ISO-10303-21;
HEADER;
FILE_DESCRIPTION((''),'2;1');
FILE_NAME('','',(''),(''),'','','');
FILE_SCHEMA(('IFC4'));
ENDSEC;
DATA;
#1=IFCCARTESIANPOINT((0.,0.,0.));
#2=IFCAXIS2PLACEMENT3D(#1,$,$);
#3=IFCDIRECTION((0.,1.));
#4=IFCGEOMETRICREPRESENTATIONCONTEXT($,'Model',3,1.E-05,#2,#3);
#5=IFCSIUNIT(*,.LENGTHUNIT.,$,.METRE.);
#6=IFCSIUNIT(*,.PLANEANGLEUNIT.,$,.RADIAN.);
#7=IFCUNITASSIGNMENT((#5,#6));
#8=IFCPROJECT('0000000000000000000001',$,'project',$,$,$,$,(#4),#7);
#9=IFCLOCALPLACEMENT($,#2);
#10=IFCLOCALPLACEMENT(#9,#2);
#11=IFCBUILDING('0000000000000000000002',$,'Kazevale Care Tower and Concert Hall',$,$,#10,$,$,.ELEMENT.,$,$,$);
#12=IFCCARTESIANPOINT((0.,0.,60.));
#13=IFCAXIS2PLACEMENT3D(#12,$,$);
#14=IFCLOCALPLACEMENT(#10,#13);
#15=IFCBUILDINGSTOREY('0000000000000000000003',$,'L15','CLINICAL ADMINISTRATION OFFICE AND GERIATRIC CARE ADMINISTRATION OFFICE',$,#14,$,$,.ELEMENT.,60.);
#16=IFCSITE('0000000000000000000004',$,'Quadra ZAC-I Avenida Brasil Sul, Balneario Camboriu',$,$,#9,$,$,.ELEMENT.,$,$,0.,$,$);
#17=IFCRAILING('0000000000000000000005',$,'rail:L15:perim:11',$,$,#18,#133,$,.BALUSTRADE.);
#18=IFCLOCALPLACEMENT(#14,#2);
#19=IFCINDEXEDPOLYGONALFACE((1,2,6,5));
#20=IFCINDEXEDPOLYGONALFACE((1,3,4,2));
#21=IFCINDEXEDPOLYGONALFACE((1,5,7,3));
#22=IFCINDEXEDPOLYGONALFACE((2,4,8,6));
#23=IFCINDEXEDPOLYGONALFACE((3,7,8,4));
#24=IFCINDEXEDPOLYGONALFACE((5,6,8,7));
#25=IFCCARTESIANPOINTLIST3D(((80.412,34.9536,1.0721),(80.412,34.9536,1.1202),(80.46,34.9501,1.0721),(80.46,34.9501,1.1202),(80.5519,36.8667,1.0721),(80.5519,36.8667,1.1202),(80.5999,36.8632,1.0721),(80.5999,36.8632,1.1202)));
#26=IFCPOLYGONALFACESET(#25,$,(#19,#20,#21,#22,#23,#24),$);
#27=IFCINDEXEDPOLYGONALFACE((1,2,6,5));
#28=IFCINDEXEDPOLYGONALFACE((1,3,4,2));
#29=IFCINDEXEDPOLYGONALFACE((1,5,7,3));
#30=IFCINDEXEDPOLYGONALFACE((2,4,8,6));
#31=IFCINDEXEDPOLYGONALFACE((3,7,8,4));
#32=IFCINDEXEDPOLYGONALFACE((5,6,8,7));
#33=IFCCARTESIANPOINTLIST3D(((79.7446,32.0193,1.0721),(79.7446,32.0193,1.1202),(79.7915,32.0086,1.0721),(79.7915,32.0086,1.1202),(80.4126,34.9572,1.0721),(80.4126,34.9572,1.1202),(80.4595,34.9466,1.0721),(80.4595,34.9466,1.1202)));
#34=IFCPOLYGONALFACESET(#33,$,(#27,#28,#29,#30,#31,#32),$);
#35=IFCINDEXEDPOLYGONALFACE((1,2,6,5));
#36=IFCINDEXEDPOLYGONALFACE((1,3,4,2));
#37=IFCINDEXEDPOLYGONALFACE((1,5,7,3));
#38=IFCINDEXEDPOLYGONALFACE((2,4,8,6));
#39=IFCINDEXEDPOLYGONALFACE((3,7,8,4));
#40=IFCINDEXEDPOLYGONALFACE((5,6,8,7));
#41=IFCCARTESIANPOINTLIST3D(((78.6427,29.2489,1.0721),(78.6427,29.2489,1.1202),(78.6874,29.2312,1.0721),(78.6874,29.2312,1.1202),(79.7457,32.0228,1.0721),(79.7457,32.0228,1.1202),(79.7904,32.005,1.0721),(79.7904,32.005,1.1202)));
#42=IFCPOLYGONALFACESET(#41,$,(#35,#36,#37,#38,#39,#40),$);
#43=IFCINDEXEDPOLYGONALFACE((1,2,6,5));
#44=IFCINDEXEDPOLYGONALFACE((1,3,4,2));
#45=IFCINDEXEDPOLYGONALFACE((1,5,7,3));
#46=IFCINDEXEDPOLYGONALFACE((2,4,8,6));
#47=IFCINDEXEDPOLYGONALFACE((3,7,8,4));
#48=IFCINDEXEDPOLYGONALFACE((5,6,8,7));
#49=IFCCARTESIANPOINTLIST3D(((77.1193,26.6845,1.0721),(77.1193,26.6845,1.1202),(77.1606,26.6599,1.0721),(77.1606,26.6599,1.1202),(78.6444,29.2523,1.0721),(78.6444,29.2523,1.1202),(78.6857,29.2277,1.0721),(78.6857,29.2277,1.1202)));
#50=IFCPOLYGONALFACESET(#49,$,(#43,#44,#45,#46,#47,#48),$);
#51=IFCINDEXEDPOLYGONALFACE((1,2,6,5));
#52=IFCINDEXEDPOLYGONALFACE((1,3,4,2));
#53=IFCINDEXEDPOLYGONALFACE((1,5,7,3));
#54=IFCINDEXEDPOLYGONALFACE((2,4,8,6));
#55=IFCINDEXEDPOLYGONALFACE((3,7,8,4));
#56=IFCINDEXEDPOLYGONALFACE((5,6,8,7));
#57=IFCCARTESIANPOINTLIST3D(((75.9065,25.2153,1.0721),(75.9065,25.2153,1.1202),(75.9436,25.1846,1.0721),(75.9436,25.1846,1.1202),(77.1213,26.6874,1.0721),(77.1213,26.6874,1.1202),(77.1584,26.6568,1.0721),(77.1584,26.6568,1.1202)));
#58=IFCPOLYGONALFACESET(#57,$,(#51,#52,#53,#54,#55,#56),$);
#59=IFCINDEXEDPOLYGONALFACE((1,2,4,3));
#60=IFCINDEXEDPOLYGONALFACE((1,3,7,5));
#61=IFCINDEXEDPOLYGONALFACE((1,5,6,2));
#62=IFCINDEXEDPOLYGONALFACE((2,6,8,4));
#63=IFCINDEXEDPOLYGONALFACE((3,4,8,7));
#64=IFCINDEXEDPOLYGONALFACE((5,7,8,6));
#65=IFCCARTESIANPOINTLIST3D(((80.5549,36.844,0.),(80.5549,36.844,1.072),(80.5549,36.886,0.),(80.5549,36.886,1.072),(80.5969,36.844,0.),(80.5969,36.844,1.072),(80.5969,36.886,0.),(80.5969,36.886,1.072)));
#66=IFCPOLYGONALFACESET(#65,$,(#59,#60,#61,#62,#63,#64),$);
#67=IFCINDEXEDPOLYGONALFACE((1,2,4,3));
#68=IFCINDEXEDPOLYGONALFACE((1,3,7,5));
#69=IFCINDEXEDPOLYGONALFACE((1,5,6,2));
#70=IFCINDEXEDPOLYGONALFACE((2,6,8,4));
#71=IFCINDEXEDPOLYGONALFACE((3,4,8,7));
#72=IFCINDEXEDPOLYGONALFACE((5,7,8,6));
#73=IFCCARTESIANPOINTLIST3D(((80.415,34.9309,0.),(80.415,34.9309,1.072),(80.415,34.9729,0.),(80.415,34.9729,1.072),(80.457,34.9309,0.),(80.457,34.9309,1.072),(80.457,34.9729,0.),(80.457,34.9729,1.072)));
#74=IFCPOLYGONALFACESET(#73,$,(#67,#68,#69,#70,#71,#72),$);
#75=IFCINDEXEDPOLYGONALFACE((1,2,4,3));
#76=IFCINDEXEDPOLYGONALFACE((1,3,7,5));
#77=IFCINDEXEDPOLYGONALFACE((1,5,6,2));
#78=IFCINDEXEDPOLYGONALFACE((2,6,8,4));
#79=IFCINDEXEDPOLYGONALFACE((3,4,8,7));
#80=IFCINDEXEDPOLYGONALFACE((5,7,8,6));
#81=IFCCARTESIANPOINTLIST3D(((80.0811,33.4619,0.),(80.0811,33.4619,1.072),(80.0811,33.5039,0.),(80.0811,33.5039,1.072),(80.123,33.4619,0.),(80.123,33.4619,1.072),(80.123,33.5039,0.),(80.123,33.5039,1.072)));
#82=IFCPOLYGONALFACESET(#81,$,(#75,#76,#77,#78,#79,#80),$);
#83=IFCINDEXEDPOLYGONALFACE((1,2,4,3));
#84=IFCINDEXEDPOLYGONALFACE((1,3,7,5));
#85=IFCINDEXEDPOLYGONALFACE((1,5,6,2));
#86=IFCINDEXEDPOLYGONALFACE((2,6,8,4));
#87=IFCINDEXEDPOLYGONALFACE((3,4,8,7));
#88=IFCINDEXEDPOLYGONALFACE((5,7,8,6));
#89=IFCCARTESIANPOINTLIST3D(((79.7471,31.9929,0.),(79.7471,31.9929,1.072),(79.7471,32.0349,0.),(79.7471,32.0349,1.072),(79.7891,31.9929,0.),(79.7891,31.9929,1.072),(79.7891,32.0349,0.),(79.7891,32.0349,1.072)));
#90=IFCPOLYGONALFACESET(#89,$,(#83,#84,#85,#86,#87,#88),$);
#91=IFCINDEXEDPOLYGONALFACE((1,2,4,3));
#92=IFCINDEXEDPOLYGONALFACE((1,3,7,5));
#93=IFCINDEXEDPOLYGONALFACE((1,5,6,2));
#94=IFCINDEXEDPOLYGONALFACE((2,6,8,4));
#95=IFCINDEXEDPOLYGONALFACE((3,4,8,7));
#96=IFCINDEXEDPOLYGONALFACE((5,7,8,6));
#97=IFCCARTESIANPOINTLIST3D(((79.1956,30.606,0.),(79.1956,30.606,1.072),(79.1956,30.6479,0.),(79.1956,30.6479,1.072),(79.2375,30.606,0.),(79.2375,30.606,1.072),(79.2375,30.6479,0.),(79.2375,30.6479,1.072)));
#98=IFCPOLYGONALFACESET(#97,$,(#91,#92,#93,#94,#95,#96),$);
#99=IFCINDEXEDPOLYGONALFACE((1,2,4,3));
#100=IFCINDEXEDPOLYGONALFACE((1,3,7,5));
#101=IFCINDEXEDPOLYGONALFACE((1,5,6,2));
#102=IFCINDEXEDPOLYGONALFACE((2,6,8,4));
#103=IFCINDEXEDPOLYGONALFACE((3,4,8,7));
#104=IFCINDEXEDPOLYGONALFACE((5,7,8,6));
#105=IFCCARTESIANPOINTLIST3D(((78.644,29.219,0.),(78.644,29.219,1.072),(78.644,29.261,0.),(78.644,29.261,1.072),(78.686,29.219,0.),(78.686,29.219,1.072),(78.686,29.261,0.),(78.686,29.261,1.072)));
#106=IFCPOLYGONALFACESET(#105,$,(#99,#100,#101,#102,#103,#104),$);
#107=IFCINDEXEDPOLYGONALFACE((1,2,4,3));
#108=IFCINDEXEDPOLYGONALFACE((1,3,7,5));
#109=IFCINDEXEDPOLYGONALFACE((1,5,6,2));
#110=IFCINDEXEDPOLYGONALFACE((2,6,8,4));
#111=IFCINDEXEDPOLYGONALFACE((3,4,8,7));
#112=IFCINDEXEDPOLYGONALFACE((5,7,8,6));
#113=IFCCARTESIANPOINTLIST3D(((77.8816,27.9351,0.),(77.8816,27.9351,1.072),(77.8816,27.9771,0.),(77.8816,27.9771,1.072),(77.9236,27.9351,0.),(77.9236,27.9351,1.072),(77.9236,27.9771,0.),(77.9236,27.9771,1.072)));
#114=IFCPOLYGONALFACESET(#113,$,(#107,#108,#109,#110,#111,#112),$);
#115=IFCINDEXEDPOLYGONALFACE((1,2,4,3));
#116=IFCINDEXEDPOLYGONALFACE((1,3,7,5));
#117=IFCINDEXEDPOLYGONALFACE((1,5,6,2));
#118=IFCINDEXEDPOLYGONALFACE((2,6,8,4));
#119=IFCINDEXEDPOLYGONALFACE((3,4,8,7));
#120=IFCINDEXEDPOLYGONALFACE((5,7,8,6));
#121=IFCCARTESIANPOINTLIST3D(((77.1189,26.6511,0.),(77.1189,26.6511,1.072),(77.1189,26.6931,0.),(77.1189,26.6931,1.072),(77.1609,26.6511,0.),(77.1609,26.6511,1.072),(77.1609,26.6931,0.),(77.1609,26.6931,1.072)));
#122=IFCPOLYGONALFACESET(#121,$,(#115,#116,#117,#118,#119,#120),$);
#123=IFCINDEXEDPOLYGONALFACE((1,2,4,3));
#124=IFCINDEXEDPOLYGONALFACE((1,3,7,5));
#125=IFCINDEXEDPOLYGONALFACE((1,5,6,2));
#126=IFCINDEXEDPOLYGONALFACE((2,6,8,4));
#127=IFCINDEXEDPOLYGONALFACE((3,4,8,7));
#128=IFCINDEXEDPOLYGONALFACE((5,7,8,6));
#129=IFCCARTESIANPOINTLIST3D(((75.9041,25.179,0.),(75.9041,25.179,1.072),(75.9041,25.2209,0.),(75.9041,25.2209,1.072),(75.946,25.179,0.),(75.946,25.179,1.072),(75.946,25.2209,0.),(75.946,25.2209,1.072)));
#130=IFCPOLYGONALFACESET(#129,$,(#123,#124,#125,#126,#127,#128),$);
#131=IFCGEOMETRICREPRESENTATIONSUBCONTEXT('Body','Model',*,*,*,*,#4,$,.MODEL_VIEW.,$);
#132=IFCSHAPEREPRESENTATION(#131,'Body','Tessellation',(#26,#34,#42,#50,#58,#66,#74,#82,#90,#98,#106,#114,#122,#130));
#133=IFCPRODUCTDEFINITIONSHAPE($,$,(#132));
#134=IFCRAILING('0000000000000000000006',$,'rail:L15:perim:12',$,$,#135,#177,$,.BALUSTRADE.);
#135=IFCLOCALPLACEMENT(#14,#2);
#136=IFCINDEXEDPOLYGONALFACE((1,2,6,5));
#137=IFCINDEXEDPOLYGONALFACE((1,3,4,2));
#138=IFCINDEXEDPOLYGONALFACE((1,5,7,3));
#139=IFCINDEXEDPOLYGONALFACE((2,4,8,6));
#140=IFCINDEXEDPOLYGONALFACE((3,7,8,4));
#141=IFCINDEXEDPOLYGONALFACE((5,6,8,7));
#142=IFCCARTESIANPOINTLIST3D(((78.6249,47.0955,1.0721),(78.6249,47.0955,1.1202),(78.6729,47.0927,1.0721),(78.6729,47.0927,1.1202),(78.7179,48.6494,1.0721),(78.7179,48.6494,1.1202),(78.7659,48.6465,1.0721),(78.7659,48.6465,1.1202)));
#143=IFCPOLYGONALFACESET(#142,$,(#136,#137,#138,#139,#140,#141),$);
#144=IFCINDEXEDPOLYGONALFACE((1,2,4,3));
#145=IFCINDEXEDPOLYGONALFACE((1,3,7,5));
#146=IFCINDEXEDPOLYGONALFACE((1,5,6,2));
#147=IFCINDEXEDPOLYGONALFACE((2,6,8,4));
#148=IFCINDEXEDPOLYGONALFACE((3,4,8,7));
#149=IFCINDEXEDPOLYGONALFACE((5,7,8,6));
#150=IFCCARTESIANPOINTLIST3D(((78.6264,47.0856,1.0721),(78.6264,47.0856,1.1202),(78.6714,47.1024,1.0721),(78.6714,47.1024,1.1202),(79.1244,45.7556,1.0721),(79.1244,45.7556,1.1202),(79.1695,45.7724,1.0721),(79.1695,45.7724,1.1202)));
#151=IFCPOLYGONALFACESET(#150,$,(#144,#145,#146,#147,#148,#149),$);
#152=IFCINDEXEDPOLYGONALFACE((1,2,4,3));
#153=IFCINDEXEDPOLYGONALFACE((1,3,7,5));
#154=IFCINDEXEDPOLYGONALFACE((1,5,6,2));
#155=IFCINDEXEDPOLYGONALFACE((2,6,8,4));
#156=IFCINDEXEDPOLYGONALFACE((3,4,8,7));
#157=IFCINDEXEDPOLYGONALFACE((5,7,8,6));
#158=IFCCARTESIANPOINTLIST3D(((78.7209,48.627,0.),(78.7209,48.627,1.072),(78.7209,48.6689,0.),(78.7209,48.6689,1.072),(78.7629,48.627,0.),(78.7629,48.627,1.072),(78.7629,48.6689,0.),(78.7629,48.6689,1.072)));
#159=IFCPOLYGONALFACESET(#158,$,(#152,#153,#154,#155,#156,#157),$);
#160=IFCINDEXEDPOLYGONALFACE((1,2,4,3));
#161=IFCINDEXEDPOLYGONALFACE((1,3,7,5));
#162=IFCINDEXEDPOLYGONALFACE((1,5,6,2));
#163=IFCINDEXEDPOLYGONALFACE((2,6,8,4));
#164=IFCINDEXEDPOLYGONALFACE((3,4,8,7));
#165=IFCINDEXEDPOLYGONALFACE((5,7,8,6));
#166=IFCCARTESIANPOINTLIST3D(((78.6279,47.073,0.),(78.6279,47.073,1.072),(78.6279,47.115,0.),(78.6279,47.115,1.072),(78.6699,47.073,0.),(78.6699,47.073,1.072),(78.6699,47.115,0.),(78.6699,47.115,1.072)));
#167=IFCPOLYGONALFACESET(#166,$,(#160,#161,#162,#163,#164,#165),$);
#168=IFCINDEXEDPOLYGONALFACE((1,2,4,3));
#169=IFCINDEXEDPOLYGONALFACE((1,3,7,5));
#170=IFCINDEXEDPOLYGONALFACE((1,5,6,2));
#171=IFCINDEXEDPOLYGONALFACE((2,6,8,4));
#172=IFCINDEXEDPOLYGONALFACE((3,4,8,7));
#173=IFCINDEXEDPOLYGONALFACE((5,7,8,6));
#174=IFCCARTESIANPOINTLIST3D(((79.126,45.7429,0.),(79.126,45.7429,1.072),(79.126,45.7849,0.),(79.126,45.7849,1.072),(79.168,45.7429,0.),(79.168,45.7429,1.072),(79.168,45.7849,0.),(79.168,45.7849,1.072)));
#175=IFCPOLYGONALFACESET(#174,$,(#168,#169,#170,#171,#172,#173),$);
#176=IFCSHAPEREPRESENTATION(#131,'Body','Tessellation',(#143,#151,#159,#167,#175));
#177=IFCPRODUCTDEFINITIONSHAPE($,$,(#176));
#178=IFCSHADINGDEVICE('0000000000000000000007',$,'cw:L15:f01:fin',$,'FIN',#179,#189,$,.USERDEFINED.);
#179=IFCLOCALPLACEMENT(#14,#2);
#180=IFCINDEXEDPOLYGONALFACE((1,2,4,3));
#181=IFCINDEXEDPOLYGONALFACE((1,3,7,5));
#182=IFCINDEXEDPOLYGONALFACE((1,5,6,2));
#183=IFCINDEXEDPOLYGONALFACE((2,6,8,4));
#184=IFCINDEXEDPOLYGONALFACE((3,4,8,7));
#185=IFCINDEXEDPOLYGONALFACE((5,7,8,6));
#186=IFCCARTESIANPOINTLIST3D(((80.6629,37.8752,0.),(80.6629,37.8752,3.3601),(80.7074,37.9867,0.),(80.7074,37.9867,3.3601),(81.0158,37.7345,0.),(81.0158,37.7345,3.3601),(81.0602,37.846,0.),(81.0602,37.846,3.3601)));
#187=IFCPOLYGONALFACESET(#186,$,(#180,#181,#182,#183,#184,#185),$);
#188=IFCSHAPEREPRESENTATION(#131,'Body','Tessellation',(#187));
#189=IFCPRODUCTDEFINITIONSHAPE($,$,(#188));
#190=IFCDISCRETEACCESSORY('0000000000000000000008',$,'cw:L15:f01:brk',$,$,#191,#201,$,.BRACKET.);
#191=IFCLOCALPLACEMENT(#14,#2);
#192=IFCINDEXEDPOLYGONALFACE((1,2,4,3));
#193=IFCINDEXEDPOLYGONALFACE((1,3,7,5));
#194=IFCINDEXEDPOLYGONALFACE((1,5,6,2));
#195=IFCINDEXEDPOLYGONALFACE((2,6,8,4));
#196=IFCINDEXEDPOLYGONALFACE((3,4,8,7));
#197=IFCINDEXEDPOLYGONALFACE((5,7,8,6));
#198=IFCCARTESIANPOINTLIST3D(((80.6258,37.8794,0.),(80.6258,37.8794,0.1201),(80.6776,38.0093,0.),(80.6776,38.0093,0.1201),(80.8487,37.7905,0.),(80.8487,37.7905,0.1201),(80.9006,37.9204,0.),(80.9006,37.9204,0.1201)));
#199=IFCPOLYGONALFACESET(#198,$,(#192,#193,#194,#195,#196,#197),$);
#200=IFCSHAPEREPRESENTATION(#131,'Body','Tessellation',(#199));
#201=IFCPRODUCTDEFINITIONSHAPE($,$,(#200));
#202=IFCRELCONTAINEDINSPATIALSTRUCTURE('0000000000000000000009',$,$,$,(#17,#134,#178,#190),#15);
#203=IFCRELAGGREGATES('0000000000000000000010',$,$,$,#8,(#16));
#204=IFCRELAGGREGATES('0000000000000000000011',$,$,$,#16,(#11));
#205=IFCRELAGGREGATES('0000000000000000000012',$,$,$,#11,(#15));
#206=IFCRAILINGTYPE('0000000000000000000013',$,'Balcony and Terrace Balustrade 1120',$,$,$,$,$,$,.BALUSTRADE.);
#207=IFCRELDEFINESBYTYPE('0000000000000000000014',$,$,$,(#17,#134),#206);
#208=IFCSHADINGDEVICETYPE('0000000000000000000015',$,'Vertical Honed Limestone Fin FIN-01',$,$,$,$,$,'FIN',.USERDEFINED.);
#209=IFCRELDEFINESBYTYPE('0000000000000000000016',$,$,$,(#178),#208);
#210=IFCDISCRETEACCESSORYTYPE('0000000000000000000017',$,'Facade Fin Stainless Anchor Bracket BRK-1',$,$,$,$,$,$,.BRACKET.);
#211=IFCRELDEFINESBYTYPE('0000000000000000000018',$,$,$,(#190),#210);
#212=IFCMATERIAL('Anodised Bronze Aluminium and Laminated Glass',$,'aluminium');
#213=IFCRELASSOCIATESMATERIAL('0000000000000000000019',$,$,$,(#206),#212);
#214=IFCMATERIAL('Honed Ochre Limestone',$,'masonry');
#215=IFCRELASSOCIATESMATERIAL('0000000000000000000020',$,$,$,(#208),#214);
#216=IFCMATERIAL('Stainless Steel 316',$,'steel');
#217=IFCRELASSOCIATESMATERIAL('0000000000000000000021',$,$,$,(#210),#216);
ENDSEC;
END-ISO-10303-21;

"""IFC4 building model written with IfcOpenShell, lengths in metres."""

from ifc_helpers import new_model, si_unit, direction, frame, origin, origin_2d, place, context, subcontext, project, spatial, rectangle, extrude, material, type_object, element, save


model = new_model("IFC4")

# Units and contexts
model_context = context("Model", 3, precision=1e-05, world=origin(), true_north=direction((0.0, 1.0)))
body_context = subcontext(model_context, "Body", "Model", "MODEL_VIEW")
ifc_project = project(units=[si_unit("LENGTHUNIT", "METRE"), si_unit("PLANEANGLEUNIT", "RADIAN")], contexts=[model_context])

# Site, building, storey
site_placement = place(None, origin())
site = spatial("IfcSite", under=ifc_project, at=site_placement, Name="Quadra ZAC-I Avenida Brasil Sul, Balneario Camboriu", CompositionType="ELEMENT", RefElevation=0.0)
building_placement = place(site_placement, origin())
building = spatial("IfcBuilding", under=site, at=building_placement, Name="Kazevale Care Tower and Concert Hall", CompositionType="ELEMENT")
storey_placement = place(building_placement, frame((0.0, 0.0, 60.0)))
storey = spatial("IfcBuildingStorey", under=building, at=storey_placement, Name="L15", Description="CLINICAL ADMINISTRATION OFFICE AND GERIATRIC CARE ADMINISTRATION OFFICE", CompositionType="ELEMENT", Elevation=60.0)

# Railings
ifc_material_1 = material(Name="Anodised Bronze Aluminium and Laminated Glass", Category="aluminium")
railing_type = type_object("IfcRailingType", Name="Balcony and Terrace Balustrade 1120", PredefinedType="BALUSTRADE", material=ifc_material_1)
railing_1_placement = place(storey_placement, frame((80.5759, 36.865, 0.0)))
element("IfcRailing", 1, at=railing_1_placement, inside=storey, type_object=railing_type, Name="rail:L15:perim:11", PredefinedType="BALUSTRADE", context=body_context, shape_type="SweptSolid", body=[
    extrude(rectangle(XDim=0.0481, YDim=0.0481, at=origin_2d()), frame((0.0, 0.0, 1.0962), z_axis=(-0.072929, -0.997337, 0.0), x_axis=(0.997337, -0.072929, 0.0)), (0.0, 0.0, 1.0), 1.9182),
    extrude(rectangle(XDim=0.0481, YDim=0.0481, at=origin_2d()), frame((-0.1399, -1.9131, 1.0962), z_axis=(-0.221698, -0.975115, 0.0), x_axis=(0.975115, -0.221698, 0.0)), (0.0, 0.0, 1.0), 3.0129),
    extrude(rectangle(XDim=0.0481, YDim=0.0481, at=origin_2d()), frame((-0.8079, -4.8511, 1.0962), z_axis=(-0.3695, -0.929231, 0.0), x_axis=(0.929231, -0.3695, 0.0)), (0.0, 0.0, 1.0), 2.9851),
    extrude(rectangle(XDim=0.0481, YDim=0.0481, at=origin_2d()), frame((-1.9109, -7.625, 1.0962), z_axis=(-0.510656, -0.859785, 0.0), x_axis=(0.859785, -0.510656, 0.0)), (0.0, 0.0, 1.0), 2.9866),
    extrude(rectangle(XDim=0.0481, YDim=0.0481, at=origin_2d()), frame((-3.436, -10.1929, 1.0962), z_axis=(-0.636478, -0.771295, 0.0), x_axis=(0.771295, -0.636478, 0.0)), (0.0, 0.0, 1.0), 1.9087),
    extrude(rectangle(XDim=0.042, YDim=0.042, at=origin_2d()), origin(), (0.0, 0.0, 1.0), 1.072),
    extrude(rectangle(XDim=0.042, YDim=0.042, at=origin_2d()), frame((-0.1399, -1.9131, 0.0)), (0.0, 0.0, 1.0), 1.072),
    extrude(rectangle(XDim=0.042, YDim=0.042, at=origin_2d()), frame((-0.4739, -3.3821, 0.0)), (0.0, 0.0, 1.0), 1.072),
    extrude(rectangle(XDim=0.042, YDim=0.042, at=origin_2d()), frame((-0.8079, -4.8511, 0.0)), (0.0, 0.0, 1.0), 1.072),
    extrude(rectangle(XDim=0.042, YDim=0.042, at=origin_2d()), frame((-1.3594, -6.238, 0.0)), (0.0, 0.0, 1.0), 1.072),
    extrude(rectangle(XDim=0.042, YDim=0.042, at=origin_2d()), frame((-1.9109, -7.625, 0.0)), (0.0, 0.0, 1.0), 1.072),
    extrude(rectangle(XDim=0.042, YDim=0.042, at=origin_2d()), frame((-2.6733, -8.9089, 0.0)), (0.0, 0.0, 1.0), 1.072),
    extrude(rectangle(XDim=0.042, YDim=0.042, at=origin_2d()), frame((-3.436, -10.1929, 0.0)), (0.0, 0.0, 1.0), 1.072),
    extrude(rectangle(XDim=0.042, YDim=0.042, at=origin_2d()), frame((-4.6509, -11.665, 0.0)), (0.0, 0.0, 1.0), 1.072),
])
railing_2_placement = place(storey_placement, frame((78.7419, 48.6479, 0.0)))
element("IfcRailing", 2, at=railing_2_placement, inside=storey, type_object=railing_type, Name="rail:L15:perim:12", PredefinedType="BALUSTRADE", context=body_context, shape_type="SweptSolid", body=[
    extrude(rectangle(XDim=0.0481, YDim=0.0481, at=origin_2d()), frame((0.0, 0.0, 1.0962), z_axis=(-0.059752, -0.998213, 0.0), x_axis=(0.998213, -0.059752, 0.0)), (0.0, 0.0, 1.0), 1.5566),
    extrude(rectangle(XDim=0.0481, YDim=0.0481, at=origin_2d()), frame((-0.093, -1.554, 1.0962), z_axis=(0.350671, -0.936499, 0.0), x_axis=(0.936499, 0.350671, 0.0)), (0.0, 0.0, 1.0), 1.4202),
    extrude(rectangle(XDim=0.042, YDim=0.042, at=origin_2d()), origin(), (0.0, 0.0, 1.0), 1.072),
    extrude(rectangle(XDim=0.042, YDim=0.042, at=origin_2d()), frame((-0.093, -1.554, 0.0)), (0.0, 0.0, 1.0), 1.072),
    extrude(rectangle(XDim=0.042, YDim=0.042, at=origin_2d()), frame((0.405, -2.884, 0.0)), (0.0, 0.0, 1.0), 1.072),
])

# Shading device
ifc_material_2 = material(Name="Honed Ochre Limestone", Category="masonry")
shading_device_type = type_object("IfcShadingDeviceType", Name="Vertical Honed Limestone Fin FIN-01", ElementType="FIN", PredefinedType="USERDEFINED", material=ifc_material_2)
shading_device_placement = place(storey_placement, frame((80.8616, 37.8606, 0.0), z_axis=(0.0, 0.0, 1.0), x_axis=(0.928874, -0.370395, 0.0)))
element("IfcShadingDevice", 3, at=shading_device_placement, inside=storey, type_object=shading_device_type, Name="cw:L15:f01:fin", ObjectType="FIN", PredefinedType="USERDEFINED", context=body_context, shape_type="SweptSolid", body=[
    extrude(rectangle(XDim=0.3799, YDim=0.1201, at=origin_2d()), origin(), (0.0, 0.0, 1.0), 3.3601),
])

# Discrete accessory
ifc_material_3 = material(Name="Stainless Steel 316", Category="steel")
discrete_accessory_type = type_object("IfcDiscreteAccessoryType", Name="Facade Fin Stainless Anchor Bracket BRK-1", PredefinedType="BRACKET", material=ifc_material_3)
discrete_accessory_placement = place(storey_placement, frame((80.7632, 37.8999, 0.0), z_axis=(0.0, 0.0, 1.0), x_axis=(0.928874, -0.370395, 0.0)))
element("IfcDiscreteAccessory", 4, at=discrete_accessory_placement, inside=storey, type_object=discrete_accessory_type, Name="cw:L15:f01:brk", PredefinedType="BRACKET", context=body_context, shape_type="SweptSolid", body=[
    extrude(rectangle(XDim=0.24, YDim=0.1399, at=origin_2d()), origin(), (0.0, 0.0, 1.0), 0.1201),
])

save(model, "model.ifc")
